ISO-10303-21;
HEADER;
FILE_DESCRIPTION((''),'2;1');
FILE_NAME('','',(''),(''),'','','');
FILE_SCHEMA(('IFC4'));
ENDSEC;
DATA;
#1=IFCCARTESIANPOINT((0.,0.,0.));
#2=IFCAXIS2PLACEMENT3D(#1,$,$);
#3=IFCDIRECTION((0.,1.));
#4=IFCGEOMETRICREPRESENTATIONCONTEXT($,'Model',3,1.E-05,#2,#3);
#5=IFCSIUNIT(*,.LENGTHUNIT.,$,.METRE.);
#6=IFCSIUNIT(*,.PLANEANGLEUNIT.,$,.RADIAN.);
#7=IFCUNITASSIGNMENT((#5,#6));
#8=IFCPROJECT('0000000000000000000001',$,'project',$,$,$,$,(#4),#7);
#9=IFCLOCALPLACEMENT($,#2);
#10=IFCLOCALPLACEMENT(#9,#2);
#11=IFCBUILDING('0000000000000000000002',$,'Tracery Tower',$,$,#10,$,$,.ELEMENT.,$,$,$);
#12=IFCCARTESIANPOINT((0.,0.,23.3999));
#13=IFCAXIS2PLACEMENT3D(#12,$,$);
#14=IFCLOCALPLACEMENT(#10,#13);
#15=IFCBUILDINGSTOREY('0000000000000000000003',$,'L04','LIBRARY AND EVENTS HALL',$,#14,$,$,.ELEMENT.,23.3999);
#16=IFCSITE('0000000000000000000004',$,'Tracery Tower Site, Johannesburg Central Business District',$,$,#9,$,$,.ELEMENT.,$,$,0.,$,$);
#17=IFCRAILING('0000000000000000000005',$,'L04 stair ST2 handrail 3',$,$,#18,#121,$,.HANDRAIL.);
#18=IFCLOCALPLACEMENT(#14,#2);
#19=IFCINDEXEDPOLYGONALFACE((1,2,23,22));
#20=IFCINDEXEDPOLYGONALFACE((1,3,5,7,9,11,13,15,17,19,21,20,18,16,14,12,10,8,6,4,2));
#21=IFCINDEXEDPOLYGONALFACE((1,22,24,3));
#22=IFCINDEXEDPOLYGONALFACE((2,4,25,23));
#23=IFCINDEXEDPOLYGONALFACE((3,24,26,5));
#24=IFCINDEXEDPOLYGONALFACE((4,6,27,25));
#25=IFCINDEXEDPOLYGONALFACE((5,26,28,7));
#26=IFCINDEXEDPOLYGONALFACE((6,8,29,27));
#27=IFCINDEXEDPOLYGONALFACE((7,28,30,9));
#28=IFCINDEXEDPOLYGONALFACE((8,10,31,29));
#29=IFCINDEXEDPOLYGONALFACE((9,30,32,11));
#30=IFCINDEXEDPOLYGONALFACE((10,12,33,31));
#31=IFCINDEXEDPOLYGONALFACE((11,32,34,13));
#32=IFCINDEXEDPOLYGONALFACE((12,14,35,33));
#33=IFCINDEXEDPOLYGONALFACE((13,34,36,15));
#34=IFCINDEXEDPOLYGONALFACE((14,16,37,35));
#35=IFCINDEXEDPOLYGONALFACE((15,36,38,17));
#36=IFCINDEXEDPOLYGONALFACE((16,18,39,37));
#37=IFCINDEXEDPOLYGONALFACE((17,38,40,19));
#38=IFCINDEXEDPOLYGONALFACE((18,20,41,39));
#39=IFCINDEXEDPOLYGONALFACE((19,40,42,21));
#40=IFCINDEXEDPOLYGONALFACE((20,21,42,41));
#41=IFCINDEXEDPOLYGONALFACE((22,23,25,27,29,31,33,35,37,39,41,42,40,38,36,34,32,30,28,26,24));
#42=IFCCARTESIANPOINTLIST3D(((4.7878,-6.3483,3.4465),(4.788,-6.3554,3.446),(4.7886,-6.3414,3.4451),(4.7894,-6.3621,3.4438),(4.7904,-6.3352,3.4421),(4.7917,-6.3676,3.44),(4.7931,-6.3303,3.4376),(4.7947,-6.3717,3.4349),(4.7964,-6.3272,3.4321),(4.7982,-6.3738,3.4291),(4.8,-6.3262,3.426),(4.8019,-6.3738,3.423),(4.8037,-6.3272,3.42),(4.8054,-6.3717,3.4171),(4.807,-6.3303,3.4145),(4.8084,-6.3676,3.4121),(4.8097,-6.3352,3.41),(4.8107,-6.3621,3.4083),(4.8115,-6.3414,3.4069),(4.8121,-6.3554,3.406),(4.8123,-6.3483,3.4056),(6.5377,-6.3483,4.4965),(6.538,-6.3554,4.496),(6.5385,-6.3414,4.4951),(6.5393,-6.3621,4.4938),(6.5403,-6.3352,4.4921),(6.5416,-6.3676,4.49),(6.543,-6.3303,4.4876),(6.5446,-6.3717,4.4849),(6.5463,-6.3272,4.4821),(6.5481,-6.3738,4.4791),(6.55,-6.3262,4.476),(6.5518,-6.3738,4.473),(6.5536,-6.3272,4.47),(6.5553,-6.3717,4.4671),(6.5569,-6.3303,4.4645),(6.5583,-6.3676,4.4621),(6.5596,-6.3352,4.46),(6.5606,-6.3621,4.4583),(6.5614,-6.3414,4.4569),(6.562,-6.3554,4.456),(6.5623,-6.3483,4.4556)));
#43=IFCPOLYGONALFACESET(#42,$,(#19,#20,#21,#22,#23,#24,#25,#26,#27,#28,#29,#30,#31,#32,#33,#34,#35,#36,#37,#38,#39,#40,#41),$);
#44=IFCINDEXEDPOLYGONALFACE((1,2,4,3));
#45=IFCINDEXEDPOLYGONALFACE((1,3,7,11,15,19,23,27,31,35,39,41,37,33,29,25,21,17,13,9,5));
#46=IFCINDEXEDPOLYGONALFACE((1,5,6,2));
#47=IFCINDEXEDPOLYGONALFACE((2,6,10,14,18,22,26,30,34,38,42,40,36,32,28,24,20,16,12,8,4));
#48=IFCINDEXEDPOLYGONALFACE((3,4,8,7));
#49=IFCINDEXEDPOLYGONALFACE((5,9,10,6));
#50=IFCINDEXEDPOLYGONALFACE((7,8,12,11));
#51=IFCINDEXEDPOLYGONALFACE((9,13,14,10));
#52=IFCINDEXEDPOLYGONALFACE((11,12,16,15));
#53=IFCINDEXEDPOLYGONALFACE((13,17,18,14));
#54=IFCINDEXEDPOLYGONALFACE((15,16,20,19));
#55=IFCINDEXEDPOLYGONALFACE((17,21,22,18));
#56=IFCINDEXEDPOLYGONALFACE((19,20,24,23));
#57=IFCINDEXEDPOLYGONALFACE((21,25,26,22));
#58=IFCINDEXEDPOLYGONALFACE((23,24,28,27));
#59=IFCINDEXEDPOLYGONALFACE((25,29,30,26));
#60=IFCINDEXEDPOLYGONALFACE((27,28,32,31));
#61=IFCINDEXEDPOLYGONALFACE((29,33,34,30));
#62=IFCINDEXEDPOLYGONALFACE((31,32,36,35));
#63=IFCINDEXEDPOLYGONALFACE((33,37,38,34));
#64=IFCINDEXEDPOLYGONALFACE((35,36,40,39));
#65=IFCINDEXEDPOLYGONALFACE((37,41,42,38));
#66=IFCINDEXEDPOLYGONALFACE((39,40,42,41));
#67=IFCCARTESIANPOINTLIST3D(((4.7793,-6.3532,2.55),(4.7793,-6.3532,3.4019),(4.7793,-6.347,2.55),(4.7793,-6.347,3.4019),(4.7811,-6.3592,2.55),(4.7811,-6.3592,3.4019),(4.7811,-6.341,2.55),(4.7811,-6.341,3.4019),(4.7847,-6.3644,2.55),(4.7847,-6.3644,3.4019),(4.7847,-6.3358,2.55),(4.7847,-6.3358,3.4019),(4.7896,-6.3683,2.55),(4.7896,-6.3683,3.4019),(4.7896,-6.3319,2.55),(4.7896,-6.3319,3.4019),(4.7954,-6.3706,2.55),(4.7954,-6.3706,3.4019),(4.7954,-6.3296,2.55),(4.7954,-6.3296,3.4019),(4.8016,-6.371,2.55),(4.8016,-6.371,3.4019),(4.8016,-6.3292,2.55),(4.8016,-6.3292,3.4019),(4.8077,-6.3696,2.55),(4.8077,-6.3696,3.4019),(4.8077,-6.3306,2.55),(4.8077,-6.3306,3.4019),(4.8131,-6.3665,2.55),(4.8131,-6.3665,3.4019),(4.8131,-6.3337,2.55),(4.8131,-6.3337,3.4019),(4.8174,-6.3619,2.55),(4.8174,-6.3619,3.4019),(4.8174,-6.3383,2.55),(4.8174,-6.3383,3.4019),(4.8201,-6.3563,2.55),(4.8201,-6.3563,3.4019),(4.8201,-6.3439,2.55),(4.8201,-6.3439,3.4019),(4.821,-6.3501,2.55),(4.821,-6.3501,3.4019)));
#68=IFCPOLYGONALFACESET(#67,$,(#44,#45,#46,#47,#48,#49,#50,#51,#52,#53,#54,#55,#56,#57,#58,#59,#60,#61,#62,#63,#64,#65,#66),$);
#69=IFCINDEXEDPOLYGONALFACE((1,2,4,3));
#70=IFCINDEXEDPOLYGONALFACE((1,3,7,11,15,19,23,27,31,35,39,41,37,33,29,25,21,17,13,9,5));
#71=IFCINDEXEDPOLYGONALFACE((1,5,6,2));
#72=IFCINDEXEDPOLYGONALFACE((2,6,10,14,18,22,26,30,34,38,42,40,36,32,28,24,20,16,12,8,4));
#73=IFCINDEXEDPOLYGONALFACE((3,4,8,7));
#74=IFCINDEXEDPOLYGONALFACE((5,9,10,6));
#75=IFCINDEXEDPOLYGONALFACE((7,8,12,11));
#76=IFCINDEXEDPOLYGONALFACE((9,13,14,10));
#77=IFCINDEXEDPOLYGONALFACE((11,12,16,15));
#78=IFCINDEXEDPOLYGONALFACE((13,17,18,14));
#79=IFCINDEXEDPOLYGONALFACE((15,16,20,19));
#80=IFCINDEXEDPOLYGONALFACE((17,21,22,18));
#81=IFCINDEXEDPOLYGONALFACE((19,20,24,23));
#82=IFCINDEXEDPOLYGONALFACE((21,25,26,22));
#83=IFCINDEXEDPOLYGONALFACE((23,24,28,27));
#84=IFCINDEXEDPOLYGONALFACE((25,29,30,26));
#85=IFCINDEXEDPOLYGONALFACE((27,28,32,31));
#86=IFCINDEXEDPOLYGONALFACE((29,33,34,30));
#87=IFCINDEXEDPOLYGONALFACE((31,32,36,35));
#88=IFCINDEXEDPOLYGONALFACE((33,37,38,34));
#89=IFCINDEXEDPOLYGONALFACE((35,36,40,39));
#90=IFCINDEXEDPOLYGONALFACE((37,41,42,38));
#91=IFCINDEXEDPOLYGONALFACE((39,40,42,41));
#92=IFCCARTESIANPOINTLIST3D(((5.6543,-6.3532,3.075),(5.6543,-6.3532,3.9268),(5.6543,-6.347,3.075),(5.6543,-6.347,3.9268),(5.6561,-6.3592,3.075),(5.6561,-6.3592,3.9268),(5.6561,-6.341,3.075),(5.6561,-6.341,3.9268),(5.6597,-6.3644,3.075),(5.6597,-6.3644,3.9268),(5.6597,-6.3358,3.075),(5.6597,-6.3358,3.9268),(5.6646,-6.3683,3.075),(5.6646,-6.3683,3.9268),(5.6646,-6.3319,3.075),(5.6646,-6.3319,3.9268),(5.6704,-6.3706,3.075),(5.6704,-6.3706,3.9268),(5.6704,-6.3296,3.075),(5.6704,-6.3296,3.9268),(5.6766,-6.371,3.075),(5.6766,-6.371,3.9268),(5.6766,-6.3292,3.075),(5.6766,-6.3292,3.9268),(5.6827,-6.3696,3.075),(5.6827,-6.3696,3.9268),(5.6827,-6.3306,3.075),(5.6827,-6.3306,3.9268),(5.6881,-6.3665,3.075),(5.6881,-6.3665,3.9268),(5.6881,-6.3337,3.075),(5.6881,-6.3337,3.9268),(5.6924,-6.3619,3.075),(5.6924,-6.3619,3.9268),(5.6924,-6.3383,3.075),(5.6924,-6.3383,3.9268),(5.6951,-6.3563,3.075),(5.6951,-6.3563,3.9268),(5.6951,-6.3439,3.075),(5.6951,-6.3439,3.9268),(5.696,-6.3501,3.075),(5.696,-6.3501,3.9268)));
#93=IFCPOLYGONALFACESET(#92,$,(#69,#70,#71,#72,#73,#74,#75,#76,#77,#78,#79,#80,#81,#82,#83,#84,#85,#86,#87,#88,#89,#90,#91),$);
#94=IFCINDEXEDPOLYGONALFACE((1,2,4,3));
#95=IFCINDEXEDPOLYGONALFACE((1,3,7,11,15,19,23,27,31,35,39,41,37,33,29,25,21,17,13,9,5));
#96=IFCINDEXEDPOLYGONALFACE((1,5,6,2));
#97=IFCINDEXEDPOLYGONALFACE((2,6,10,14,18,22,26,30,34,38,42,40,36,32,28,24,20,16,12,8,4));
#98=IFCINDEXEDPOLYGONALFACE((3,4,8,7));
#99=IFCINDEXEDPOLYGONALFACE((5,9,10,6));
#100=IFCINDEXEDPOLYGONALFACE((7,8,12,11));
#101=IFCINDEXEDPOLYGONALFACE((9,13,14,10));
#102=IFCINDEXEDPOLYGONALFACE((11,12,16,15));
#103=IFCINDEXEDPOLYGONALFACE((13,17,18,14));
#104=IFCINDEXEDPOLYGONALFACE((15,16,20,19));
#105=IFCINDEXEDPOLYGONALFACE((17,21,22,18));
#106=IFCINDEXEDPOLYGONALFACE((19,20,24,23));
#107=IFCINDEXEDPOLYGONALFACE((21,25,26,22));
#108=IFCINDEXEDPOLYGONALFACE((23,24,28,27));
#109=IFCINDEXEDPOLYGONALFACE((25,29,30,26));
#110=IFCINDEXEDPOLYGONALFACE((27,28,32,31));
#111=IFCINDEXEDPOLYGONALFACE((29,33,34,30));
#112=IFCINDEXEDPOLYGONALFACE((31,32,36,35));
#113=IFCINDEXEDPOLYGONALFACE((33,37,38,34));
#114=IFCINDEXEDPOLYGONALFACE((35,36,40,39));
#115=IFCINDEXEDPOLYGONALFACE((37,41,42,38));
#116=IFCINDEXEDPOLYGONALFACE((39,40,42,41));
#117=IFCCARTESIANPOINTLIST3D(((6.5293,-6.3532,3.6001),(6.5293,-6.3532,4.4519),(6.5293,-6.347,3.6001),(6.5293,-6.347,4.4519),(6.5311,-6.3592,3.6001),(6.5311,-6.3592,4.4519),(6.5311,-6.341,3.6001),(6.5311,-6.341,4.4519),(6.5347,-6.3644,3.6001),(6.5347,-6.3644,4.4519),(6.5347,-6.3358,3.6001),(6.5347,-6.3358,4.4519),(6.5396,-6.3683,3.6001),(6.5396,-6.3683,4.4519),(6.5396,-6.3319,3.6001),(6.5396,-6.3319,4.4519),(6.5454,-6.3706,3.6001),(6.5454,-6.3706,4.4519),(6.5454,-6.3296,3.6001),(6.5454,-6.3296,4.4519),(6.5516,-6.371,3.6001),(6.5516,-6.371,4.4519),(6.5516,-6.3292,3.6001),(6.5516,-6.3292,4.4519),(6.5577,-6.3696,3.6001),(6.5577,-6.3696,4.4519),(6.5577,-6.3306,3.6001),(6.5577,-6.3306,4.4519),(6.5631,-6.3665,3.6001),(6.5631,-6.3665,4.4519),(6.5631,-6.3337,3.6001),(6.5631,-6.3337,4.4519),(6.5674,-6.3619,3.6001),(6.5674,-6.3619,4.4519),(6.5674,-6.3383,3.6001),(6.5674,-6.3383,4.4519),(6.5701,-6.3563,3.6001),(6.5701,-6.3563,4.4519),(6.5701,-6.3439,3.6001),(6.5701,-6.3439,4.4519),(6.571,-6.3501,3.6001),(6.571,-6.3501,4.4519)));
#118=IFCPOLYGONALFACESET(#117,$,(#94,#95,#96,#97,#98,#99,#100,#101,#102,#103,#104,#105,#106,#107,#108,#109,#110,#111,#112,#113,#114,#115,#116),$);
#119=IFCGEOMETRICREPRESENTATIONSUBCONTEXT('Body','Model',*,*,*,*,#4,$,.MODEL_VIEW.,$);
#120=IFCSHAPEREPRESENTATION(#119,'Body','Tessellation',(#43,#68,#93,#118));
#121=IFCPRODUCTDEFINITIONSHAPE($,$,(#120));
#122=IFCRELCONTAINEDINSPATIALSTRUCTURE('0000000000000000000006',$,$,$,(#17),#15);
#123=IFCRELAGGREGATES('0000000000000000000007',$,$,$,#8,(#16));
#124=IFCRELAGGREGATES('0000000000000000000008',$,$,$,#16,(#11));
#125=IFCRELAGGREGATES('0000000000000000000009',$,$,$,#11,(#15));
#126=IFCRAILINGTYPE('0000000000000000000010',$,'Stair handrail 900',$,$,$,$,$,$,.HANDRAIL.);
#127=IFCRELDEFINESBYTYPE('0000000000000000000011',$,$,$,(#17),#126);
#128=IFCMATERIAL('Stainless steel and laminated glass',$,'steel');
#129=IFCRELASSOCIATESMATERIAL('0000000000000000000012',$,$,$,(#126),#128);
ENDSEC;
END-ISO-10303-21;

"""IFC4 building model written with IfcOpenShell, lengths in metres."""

from ifc_helpers import new_model, si_unit, direction, frame, origin, origin_2d, place, context, subcontext, project, spatial, circle, extrude, material, type_object, element, save


model = new_model("IFC4")

# Units and contexts
model_context = context("Model", 3, precision=1e-05, world=origin(), true_north=direction((0.0, 1.0)))
body_context = subcontext(model_context, "Body", "Model", "MODEL_VIEW")
ifc_project = project(units=[si_unit("LENGTHUNIT", "METRE"), si_unit("PLANEANGLEUNIT", "RADIAN")], contexts=[model_context])

# Site, building, storey
site_placement = place(None, origin())
site = spatial("IfcSite", under=ifc_project, at=site_placement, Name="Tracery Tower Site, Johannesburg Central Business District", CompositionType="ELEMENT", RefElevation=0.0)
building_placement = place(site_placement, origin())
building = spatial("IfcBuilding", under=site, at=building_placement, Name="Tracery Tower", CompositionType="ELEMENT")
storey_placement = place(building_placement, frame((0.0, 0.0, 23.3999)))
storey = spatial("IfcBuildingStorey", under=building, at=storey_placement, Name="L04", Description="LIBRARY AND EVENTS HALL", CompositionType="ELEMENT", Elevation=23.3999)

# Railing
ifc_material_1 = material(Name="Stainless steel and laminated glass", Category="steel")
railing_type_1 = type_object("IfcRailingType", Name="Stair handrail 900", PredefinedType="HANDRAIL", material=ifc_material_1)
railing_1_placement = place(storey_placement, frame((4.8, -6.3501, 2.55)))
element("IfcRailing", 1, at=railing_1_placement, inside=storey, type_object=railing_type_1, Name="L04 stair ST2 handrail 3", PredefinedType="HANDRAIL", context=body_context, shape_type="SweptSolid", body=[
    extrude(circle(Radius=0.0239, at=origin_2d()), frame((0.0, 0.0, 0.876), z_axis=(0.857482, 0.0, 0.514513), x_axis=(0.0, 1.0, 0.0)), (0.0, 0.0, 1.0), 2.0408),
    extrude(circle(Radius=0.021, at=origin_2d()), origin(), (0.0, 0.0, 1.0), 0.8518),
    extrude(circle(Radius=0.021, at=origin_2d()), frame((0.875, 0.0, 0.5249)), (0.0, 0.0, 1.0), 0.8518),
    extrude(circle(Radius=0.021, at=origin_2d()), frame((1.75, 0.0, 1.05)), (0.0, 0.0, 1.0), 0.8518),
])

save(model, "model.ifc")
